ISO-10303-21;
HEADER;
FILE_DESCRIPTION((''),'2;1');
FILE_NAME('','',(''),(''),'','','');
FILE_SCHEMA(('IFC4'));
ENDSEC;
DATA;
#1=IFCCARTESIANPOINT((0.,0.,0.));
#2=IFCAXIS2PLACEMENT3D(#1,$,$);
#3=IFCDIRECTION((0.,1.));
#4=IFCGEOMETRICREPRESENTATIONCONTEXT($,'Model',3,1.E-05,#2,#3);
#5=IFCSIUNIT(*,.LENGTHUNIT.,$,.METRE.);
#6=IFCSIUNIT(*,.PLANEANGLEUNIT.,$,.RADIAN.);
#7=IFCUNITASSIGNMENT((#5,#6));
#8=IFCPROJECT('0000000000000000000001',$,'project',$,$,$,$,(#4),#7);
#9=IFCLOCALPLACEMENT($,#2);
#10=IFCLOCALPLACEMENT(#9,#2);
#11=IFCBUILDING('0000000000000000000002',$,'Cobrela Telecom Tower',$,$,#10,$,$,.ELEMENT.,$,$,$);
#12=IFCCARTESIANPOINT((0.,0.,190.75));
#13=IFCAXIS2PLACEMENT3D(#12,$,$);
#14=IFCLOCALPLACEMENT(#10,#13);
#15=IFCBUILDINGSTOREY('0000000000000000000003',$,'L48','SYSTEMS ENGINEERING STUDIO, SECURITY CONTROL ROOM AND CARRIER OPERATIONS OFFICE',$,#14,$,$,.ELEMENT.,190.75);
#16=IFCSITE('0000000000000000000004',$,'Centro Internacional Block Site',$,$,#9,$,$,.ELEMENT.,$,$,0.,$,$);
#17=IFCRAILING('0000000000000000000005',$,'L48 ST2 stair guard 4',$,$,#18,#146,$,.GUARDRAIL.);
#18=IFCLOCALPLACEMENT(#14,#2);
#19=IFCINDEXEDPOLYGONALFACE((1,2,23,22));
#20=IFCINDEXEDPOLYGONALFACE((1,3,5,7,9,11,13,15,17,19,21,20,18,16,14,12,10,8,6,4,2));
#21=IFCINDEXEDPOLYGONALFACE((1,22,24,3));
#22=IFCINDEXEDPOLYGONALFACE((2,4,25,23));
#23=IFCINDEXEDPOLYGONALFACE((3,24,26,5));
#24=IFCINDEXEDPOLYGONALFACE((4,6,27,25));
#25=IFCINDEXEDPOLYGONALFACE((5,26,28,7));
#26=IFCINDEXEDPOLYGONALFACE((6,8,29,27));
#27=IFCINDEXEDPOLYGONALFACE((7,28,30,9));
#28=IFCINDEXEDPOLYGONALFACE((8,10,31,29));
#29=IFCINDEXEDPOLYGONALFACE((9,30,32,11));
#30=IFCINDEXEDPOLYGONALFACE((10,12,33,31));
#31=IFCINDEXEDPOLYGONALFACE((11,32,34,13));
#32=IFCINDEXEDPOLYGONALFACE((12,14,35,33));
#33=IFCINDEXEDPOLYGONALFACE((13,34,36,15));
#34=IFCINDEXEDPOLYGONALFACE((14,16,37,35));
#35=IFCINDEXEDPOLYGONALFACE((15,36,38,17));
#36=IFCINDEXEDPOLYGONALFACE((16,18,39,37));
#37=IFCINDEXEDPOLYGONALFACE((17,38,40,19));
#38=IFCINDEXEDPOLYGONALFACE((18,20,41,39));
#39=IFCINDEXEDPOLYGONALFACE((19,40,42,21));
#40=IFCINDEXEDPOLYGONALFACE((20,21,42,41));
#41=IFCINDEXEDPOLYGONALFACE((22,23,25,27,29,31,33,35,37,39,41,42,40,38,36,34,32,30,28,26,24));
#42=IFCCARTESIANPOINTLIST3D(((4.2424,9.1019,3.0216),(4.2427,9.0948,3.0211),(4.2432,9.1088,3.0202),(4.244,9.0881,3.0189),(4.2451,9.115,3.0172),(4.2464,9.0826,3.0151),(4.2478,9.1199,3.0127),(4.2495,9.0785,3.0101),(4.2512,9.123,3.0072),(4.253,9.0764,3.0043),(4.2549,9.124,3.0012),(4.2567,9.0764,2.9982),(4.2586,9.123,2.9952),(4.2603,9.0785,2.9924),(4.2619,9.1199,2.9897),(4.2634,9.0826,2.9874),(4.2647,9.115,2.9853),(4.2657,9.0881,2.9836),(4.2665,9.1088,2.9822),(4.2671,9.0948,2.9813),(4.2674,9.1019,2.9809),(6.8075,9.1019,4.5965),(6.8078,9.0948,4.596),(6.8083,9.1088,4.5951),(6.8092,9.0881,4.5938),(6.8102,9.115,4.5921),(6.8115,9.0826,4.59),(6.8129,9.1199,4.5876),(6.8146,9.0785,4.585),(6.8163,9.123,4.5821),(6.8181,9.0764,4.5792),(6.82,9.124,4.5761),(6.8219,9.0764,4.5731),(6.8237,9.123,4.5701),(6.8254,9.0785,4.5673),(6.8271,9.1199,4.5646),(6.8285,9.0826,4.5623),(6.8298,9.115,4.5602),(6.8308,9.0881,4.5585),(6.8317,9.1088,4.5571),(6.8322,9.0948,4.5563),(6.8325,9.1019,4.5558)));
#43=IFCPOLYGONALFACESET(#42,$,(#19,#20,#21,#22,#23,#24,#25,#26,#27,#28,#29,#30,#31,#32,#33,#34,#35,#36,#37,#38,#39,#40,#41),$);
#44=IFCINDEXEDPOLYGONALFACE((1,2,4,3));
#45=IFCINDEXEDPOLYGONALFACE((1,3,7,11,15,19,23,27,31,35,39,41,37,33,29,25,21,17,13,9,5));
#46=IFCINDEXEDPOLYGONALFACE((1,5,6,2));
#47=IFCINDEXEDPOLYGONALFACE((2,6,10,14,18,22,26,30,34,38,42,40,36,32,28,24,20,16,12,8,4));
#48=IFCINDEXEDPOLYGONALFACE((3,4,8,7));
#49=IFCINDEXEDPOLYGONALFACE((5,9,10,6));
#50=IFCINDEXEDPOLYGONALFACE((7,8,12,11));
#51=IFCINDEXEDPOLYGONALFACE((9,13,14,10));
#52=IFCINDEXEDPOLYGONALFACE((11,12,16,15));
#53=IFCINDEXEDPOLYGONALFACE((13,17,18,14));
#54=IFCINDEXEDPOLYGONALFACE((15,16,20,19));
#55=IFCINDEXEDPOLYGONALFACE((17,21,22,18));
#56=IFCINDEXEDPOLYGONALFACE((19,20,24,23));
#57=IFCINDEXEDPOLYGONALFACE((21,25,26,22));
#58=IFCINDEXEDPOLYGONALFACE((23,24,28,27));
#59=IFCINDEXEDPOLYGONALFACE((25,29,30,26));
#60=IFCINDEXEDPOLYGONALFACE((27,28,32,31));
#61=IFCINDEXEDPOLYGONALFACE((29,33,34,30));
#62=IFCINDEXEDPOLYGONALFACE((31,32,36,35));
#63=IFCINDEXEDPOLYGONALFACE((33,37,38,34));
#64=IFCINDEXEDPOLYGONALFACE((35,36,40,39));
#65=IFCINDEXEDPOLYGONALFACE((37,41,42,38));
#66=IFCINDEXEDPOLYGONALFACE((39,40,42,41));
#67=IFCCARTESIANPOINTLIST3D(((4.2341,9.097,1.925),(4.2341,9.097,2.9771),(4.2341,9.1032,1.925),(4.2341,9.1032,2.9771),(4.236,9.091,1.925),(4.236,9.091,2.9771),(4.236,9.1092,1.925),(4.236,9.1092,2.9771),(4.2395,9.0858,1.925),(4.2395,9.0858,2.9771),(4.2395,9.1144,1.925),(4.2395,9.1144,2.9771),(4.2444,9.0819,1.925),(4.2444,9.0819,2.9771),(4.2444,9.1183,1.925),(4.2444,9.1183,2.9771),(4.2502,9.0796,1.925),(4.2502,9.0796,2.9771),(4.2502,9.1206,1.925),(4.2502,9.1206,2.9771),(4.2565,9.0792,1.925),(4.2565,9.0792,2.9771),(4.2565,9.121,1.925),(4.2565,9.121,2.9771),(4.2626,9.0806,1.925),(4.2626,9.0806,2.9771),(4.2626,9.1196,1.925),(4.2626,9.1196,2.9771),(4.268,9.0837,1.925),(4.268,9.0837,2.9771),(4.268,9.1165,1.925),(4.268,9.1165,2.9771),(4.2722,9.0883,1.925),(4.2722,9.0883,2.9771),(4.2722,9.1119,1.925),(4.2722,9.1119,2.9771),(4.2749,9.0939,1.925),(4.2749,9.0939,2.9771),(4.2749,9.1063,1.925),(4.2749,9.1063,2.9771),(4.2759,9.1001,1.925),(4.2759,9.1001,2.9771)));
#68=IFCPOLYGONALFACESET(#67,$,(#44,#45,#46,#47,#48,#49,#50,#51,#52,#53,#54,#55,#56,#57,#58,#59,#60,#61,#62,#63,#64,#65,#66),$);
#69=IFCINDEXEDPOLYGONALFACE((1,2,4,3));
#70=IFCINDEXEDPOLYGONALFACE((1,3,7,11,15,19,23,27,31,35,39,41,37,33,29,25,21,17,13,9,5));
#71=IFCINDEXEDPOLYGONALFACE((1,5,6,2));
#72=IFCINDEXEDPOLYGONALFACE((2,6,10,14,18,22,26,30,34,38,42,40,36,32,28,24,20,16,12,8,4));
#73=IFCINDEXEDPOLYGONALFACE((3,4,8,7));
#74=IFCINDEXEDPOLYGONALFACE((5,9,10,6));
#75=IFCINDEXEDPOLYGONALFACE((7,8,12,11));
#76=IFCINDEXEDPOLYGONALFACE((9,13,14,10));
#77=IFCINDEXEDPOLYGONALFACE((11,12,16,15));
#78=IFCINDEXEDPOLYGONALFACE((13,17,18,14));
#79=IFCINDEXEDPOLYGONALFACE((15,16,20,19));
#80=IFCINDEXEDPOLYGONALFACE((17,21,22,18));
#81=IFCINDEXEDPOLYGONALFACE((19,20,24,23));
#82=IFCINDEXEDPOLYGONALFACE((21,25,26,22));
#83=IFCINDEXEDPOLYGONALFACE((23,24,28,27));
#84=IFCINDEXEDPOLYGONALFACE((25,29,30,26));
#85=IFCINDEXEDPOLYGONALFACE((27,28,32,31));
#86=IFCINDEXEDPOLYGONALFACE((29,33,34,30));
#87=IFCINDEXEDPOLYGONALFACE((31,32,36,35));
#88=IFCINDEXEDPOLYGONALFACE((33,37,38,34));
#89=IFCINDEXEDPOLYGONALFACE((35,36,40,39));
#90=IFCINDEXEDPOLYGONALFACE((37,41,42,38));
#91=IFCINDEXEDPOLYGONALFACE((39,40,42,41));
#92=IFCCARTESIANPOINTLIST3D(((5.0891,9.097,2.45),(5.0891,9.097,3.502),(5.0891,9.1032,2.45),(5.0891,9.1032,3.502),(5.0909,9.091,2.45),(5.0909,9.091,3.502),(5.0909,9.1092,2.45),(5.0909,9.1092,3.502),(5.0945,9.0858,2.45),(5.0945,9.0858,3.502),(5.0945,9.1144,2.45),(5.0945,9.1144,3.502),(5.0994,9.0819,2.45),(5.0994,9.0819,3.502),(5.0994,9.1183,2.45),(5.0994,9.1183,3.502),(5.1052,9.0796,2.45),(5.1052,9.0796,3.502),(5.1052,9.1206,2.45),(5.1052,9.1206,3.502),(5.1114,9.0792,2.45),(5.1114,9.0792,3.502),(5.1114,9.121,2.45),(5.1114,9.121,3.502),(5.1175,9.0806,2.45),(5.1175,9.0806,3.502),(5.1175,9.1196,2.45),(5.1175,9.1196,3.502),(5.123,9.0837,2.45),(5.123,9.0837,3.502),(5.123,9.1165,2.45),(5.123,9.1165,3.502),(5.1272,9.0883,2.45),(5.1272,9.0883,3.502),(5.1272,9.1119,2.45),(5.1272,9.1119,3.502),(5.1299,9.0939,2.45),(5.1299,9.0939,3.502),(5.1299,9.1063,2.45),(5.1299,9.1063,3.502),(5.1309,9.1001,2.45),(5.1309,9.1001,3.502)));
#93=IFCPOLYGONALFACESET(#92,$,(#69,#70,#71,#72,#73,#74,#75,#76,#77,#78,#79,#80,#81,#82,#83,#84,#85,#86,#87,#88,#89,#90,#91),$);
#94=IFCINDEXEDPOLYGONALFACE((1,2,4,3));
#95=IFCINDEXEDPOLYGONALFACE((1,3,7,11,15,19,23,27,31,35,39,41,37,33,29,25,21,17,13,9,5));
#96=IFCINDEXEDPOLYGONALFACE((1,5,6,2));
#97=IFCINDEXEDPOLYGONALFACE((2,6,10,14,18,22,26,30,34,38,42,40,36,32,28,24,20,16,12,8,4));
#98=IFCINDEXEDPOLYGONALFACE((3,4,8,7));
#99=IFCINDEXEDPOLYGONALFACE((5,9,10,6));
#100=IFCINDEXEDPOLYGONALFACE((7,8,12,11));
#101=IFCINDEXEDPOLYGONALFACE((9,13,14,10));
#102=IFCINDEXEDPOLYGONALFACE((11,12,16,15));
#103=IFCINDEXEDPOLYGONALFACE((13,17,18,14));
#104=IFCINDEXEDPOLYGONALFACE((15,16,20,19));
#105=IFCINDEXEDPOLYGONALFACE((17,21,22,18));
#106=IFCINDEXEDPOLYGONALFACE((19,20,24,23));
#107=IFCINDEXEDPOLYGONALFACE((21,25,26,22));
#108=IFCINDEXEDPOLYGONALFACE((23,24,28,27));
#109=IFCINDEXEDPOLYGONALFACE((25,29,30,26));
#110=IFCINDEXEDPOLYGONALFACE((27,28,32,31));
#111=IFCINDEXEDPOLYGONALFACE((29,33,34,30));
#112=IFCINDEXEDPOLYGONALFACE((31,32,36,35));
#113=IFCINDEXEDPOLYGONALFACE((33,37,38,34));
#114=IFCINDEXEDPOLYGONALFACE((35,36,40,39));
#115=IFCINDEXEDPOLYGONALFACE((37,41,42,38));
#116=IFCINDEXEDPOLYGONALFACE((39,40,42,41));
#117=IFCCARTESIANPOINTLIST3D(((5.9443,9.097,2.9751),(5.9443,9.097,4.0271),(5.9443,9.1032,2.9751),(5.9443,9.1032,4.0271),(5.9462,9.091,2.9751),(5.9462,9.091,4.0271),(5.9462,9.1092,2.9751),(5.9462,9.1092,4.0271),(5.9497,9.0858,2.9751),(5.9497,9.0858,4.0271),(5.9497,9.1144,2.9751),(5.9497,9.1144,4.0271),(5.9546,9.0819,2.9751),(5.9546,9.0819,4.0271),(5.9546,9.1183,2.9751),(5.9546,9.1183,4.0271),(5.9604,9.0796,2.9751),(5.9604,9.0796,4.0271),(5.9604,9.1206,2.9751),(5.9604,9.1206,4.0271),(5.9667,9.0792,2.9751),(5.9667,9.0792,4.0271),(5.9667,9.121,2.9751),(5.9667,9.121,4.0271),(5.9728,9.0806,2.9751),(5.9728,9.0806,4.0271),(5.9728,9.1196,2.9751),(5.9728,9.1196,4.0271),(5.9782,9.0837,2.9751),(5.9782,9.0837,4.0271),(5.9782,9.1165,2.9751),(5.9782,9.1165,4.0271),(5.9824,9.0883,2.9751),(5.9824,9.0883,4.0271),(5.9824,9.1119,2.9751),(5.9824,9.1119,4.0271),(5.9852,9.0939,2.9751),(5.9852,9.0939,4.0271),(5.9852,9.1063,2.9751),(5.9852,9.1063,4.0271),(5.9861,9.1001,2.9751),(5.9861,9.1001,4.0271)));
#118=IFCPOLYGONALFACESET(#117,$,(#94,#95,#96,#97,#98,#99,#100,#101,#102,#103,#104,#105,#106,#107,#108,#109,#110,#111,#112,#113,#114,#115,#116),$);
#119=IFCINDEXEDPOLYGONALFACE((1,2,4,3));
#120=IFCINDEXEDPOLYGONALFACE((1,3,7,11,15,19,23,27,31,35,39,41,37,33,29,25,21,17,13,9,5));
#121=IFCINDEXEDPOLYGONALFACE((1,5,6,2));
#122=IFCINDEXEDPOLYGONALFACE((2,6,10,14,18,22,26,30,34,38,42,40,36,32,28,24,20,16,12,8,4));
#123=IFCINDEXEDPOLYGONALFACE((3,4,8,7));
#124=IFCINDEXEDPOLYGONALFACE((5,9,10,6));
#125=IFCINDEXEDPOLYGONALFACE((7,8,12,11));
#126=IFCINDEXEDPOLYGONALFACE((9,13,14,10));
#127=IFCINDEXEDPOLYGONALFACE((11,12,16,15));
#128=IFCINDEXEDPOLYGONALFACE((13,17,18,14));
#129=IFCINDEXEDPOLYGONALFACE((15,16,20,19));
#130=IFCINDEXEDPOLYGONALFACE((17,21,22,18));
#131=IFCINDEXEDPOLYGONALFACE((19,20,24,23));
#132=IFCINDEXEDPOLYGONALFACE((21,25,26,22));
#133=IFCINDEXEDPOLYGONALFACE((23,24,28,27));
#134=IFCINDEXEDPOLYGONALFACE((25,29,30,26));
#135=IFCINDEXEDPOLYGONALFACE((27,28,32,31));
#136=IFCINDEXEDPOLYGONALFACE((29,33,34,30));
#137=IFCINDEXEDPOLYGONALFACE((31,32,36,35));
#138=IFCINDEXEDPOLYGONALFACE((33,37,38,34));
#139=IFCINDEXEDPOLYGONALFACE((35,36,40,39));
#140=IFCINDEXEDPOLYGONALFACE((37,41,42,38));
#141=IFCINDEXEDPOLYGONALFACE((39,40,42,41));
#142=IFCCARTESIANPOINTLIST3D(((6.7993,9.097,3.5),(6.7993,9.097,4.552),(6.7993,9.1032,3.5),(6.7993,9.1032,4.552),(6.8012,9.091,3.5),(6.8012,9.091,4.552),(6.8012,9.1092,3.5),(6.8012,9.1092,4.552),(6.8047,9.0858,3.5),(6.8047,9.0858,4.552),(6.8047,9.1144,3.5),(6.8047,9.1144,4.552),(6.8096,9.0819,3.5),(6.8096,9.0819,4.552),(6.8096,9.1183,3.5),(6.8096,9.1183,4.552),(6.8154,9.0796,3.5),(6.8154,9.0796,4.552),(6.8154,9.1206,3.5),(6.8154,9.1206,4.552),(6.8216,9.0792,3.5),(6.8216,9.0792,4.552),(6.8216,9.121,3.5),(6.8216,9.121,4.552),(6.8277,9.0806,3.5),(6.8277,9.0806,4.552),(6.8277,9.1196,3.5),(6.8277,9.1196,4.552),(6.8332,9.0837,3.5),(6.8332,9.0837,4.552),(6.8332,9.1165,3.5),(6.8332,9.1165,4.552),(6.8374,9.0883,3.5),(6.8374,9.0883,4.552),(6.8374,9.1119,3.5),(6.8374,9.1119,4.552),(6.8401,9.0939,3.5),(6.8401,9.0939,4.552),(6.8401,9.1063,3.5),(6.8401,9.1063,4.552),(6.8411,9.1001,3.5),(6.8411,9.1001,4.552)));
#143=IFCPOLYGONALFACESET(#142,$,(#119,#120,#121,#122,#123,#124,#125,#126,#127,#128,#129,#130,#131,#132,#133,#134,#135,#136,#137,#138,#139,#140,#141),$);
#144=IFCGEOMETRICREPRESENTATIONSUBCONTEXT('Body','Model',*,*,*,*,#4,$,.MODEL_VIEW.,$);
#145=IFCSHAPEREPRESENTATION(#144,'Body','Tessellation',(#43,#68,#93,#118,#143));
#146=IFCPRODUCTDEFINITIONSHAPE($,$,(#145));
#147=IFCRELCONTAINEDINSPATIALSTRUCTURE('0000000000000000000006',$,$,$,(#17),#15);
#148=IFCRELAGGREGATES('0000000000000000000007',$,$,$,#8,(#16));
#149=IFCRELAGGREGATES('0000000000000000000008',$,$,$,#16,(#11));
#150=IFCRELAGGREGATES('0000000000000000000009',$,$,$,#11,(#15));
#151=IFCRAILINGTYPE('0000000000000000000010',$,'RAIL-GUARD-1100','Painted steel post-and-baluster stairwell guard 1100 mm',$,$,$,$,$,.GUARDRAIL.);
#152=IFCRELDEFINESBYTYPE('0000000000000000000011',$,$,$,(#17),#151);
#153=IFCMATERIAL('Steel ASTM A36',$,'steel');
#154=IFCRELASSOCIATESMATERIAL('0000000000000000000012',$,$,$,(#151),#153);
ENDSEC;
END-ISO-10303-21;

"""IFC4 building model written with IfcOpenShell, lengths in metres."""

from ifc_helpers import new_model, si_unit, direction, frame, origin, origin_2d, place, context, subcontext, project, spatial, circle, extrude, material, type_object, element, save


model = new_model("IFC4")

# Units and contexts
model_context = context("Model", 3, precision=1e-05, world=origin(), true_north=direction((0.0, 1.0)))
body_context = subcontext(model_context, "Body", "Model", "MODEL_VIEW")
ifc_project = project(units=[si_unit("LENGTHUNIT", "METRE"), si_unit("PLANEANGLEUNIT", "RADIAN")], contexts=[model_context])

# Site, building, storey
site_placement = place(None, origin())
site = spatial("IfcSite", under=ifc_project, at=site_placement, Name="Centro Internacional Block Site", CompositionType="ELEMENT", RefElevation=0.0)
building_placement = place(site_placement, origin())
building = spatial("IfcBuilding", under=site, at=building_placement, Name="Cobrela Telecom Tower", CompositionType="ELEMENT")
storey_placement = place(building_placement, frame((0.0, 0.0, 190.75)))
storey = spatial("IfcBuildingStorey", under=building, at=storey_placement, Name="L48", Description="SYSTEMS ENGINEERING STUDIO, SECURITY CONTROL ROOM AND CARRIER OPERATIONS OFFICE", CompositionType="ELEMENT", Elevation=190.75)

# Shared definitions
ifc_material_1 = material(Name="Steel ASTM A36", Category="steel")

# Railing
railing_type = type_object("IfcRailingType", Name="RAIL-GUARD-1100", Description="Painted steel post-and-baluster stairwell guard 1100 mm", PredefinedType="GUARDRAIL", material=ifc_material_1)
railing_1_placement = place(storey_placement, frame((4.2549, 9.1001, 1.925)))
element("IfcRailing", 1, at=railing_1_placement, inside=storey, type_object=railing_type, Name="L48 ST2 stair guard 4", PredefinedType="GUARDRAIL", context=body_context, shape_type="SweptSolid", body=[
    extrude(circle(Radius=0.0239, at=origin_2d()), frame((0.0, 0.0, 1.0762), z_axis=(0.852195, 0.0, 0.523224), x_axis=(0.0, 1.0, 0.0)), (0.0, 0.0, 1.0), 3.01),
    extrude(circle(Radius=0.021, at=origin_2d()), origin(), (0.0, 0.0, 1.0), 1.052),
    extrude(circle(Radius=0.021, at=origin_2d()), frame((0.855, 0.0, 0.5249)), (0.0, 0.0, 1.0), 1.052),
    extrude(circle(Radius=0.021, at=origin_2d()), frame((1.7102, 0.0, 1.05)), (0.0, 0.0, 1.0), 1.052),
    extrude(circle(Radius=0.021, at=origin_2d()), frame((2.5652, 0.0, 1.575)), (0.0, 0.0, 1.0), 1.052),
])

save(model, "model.ifc")
